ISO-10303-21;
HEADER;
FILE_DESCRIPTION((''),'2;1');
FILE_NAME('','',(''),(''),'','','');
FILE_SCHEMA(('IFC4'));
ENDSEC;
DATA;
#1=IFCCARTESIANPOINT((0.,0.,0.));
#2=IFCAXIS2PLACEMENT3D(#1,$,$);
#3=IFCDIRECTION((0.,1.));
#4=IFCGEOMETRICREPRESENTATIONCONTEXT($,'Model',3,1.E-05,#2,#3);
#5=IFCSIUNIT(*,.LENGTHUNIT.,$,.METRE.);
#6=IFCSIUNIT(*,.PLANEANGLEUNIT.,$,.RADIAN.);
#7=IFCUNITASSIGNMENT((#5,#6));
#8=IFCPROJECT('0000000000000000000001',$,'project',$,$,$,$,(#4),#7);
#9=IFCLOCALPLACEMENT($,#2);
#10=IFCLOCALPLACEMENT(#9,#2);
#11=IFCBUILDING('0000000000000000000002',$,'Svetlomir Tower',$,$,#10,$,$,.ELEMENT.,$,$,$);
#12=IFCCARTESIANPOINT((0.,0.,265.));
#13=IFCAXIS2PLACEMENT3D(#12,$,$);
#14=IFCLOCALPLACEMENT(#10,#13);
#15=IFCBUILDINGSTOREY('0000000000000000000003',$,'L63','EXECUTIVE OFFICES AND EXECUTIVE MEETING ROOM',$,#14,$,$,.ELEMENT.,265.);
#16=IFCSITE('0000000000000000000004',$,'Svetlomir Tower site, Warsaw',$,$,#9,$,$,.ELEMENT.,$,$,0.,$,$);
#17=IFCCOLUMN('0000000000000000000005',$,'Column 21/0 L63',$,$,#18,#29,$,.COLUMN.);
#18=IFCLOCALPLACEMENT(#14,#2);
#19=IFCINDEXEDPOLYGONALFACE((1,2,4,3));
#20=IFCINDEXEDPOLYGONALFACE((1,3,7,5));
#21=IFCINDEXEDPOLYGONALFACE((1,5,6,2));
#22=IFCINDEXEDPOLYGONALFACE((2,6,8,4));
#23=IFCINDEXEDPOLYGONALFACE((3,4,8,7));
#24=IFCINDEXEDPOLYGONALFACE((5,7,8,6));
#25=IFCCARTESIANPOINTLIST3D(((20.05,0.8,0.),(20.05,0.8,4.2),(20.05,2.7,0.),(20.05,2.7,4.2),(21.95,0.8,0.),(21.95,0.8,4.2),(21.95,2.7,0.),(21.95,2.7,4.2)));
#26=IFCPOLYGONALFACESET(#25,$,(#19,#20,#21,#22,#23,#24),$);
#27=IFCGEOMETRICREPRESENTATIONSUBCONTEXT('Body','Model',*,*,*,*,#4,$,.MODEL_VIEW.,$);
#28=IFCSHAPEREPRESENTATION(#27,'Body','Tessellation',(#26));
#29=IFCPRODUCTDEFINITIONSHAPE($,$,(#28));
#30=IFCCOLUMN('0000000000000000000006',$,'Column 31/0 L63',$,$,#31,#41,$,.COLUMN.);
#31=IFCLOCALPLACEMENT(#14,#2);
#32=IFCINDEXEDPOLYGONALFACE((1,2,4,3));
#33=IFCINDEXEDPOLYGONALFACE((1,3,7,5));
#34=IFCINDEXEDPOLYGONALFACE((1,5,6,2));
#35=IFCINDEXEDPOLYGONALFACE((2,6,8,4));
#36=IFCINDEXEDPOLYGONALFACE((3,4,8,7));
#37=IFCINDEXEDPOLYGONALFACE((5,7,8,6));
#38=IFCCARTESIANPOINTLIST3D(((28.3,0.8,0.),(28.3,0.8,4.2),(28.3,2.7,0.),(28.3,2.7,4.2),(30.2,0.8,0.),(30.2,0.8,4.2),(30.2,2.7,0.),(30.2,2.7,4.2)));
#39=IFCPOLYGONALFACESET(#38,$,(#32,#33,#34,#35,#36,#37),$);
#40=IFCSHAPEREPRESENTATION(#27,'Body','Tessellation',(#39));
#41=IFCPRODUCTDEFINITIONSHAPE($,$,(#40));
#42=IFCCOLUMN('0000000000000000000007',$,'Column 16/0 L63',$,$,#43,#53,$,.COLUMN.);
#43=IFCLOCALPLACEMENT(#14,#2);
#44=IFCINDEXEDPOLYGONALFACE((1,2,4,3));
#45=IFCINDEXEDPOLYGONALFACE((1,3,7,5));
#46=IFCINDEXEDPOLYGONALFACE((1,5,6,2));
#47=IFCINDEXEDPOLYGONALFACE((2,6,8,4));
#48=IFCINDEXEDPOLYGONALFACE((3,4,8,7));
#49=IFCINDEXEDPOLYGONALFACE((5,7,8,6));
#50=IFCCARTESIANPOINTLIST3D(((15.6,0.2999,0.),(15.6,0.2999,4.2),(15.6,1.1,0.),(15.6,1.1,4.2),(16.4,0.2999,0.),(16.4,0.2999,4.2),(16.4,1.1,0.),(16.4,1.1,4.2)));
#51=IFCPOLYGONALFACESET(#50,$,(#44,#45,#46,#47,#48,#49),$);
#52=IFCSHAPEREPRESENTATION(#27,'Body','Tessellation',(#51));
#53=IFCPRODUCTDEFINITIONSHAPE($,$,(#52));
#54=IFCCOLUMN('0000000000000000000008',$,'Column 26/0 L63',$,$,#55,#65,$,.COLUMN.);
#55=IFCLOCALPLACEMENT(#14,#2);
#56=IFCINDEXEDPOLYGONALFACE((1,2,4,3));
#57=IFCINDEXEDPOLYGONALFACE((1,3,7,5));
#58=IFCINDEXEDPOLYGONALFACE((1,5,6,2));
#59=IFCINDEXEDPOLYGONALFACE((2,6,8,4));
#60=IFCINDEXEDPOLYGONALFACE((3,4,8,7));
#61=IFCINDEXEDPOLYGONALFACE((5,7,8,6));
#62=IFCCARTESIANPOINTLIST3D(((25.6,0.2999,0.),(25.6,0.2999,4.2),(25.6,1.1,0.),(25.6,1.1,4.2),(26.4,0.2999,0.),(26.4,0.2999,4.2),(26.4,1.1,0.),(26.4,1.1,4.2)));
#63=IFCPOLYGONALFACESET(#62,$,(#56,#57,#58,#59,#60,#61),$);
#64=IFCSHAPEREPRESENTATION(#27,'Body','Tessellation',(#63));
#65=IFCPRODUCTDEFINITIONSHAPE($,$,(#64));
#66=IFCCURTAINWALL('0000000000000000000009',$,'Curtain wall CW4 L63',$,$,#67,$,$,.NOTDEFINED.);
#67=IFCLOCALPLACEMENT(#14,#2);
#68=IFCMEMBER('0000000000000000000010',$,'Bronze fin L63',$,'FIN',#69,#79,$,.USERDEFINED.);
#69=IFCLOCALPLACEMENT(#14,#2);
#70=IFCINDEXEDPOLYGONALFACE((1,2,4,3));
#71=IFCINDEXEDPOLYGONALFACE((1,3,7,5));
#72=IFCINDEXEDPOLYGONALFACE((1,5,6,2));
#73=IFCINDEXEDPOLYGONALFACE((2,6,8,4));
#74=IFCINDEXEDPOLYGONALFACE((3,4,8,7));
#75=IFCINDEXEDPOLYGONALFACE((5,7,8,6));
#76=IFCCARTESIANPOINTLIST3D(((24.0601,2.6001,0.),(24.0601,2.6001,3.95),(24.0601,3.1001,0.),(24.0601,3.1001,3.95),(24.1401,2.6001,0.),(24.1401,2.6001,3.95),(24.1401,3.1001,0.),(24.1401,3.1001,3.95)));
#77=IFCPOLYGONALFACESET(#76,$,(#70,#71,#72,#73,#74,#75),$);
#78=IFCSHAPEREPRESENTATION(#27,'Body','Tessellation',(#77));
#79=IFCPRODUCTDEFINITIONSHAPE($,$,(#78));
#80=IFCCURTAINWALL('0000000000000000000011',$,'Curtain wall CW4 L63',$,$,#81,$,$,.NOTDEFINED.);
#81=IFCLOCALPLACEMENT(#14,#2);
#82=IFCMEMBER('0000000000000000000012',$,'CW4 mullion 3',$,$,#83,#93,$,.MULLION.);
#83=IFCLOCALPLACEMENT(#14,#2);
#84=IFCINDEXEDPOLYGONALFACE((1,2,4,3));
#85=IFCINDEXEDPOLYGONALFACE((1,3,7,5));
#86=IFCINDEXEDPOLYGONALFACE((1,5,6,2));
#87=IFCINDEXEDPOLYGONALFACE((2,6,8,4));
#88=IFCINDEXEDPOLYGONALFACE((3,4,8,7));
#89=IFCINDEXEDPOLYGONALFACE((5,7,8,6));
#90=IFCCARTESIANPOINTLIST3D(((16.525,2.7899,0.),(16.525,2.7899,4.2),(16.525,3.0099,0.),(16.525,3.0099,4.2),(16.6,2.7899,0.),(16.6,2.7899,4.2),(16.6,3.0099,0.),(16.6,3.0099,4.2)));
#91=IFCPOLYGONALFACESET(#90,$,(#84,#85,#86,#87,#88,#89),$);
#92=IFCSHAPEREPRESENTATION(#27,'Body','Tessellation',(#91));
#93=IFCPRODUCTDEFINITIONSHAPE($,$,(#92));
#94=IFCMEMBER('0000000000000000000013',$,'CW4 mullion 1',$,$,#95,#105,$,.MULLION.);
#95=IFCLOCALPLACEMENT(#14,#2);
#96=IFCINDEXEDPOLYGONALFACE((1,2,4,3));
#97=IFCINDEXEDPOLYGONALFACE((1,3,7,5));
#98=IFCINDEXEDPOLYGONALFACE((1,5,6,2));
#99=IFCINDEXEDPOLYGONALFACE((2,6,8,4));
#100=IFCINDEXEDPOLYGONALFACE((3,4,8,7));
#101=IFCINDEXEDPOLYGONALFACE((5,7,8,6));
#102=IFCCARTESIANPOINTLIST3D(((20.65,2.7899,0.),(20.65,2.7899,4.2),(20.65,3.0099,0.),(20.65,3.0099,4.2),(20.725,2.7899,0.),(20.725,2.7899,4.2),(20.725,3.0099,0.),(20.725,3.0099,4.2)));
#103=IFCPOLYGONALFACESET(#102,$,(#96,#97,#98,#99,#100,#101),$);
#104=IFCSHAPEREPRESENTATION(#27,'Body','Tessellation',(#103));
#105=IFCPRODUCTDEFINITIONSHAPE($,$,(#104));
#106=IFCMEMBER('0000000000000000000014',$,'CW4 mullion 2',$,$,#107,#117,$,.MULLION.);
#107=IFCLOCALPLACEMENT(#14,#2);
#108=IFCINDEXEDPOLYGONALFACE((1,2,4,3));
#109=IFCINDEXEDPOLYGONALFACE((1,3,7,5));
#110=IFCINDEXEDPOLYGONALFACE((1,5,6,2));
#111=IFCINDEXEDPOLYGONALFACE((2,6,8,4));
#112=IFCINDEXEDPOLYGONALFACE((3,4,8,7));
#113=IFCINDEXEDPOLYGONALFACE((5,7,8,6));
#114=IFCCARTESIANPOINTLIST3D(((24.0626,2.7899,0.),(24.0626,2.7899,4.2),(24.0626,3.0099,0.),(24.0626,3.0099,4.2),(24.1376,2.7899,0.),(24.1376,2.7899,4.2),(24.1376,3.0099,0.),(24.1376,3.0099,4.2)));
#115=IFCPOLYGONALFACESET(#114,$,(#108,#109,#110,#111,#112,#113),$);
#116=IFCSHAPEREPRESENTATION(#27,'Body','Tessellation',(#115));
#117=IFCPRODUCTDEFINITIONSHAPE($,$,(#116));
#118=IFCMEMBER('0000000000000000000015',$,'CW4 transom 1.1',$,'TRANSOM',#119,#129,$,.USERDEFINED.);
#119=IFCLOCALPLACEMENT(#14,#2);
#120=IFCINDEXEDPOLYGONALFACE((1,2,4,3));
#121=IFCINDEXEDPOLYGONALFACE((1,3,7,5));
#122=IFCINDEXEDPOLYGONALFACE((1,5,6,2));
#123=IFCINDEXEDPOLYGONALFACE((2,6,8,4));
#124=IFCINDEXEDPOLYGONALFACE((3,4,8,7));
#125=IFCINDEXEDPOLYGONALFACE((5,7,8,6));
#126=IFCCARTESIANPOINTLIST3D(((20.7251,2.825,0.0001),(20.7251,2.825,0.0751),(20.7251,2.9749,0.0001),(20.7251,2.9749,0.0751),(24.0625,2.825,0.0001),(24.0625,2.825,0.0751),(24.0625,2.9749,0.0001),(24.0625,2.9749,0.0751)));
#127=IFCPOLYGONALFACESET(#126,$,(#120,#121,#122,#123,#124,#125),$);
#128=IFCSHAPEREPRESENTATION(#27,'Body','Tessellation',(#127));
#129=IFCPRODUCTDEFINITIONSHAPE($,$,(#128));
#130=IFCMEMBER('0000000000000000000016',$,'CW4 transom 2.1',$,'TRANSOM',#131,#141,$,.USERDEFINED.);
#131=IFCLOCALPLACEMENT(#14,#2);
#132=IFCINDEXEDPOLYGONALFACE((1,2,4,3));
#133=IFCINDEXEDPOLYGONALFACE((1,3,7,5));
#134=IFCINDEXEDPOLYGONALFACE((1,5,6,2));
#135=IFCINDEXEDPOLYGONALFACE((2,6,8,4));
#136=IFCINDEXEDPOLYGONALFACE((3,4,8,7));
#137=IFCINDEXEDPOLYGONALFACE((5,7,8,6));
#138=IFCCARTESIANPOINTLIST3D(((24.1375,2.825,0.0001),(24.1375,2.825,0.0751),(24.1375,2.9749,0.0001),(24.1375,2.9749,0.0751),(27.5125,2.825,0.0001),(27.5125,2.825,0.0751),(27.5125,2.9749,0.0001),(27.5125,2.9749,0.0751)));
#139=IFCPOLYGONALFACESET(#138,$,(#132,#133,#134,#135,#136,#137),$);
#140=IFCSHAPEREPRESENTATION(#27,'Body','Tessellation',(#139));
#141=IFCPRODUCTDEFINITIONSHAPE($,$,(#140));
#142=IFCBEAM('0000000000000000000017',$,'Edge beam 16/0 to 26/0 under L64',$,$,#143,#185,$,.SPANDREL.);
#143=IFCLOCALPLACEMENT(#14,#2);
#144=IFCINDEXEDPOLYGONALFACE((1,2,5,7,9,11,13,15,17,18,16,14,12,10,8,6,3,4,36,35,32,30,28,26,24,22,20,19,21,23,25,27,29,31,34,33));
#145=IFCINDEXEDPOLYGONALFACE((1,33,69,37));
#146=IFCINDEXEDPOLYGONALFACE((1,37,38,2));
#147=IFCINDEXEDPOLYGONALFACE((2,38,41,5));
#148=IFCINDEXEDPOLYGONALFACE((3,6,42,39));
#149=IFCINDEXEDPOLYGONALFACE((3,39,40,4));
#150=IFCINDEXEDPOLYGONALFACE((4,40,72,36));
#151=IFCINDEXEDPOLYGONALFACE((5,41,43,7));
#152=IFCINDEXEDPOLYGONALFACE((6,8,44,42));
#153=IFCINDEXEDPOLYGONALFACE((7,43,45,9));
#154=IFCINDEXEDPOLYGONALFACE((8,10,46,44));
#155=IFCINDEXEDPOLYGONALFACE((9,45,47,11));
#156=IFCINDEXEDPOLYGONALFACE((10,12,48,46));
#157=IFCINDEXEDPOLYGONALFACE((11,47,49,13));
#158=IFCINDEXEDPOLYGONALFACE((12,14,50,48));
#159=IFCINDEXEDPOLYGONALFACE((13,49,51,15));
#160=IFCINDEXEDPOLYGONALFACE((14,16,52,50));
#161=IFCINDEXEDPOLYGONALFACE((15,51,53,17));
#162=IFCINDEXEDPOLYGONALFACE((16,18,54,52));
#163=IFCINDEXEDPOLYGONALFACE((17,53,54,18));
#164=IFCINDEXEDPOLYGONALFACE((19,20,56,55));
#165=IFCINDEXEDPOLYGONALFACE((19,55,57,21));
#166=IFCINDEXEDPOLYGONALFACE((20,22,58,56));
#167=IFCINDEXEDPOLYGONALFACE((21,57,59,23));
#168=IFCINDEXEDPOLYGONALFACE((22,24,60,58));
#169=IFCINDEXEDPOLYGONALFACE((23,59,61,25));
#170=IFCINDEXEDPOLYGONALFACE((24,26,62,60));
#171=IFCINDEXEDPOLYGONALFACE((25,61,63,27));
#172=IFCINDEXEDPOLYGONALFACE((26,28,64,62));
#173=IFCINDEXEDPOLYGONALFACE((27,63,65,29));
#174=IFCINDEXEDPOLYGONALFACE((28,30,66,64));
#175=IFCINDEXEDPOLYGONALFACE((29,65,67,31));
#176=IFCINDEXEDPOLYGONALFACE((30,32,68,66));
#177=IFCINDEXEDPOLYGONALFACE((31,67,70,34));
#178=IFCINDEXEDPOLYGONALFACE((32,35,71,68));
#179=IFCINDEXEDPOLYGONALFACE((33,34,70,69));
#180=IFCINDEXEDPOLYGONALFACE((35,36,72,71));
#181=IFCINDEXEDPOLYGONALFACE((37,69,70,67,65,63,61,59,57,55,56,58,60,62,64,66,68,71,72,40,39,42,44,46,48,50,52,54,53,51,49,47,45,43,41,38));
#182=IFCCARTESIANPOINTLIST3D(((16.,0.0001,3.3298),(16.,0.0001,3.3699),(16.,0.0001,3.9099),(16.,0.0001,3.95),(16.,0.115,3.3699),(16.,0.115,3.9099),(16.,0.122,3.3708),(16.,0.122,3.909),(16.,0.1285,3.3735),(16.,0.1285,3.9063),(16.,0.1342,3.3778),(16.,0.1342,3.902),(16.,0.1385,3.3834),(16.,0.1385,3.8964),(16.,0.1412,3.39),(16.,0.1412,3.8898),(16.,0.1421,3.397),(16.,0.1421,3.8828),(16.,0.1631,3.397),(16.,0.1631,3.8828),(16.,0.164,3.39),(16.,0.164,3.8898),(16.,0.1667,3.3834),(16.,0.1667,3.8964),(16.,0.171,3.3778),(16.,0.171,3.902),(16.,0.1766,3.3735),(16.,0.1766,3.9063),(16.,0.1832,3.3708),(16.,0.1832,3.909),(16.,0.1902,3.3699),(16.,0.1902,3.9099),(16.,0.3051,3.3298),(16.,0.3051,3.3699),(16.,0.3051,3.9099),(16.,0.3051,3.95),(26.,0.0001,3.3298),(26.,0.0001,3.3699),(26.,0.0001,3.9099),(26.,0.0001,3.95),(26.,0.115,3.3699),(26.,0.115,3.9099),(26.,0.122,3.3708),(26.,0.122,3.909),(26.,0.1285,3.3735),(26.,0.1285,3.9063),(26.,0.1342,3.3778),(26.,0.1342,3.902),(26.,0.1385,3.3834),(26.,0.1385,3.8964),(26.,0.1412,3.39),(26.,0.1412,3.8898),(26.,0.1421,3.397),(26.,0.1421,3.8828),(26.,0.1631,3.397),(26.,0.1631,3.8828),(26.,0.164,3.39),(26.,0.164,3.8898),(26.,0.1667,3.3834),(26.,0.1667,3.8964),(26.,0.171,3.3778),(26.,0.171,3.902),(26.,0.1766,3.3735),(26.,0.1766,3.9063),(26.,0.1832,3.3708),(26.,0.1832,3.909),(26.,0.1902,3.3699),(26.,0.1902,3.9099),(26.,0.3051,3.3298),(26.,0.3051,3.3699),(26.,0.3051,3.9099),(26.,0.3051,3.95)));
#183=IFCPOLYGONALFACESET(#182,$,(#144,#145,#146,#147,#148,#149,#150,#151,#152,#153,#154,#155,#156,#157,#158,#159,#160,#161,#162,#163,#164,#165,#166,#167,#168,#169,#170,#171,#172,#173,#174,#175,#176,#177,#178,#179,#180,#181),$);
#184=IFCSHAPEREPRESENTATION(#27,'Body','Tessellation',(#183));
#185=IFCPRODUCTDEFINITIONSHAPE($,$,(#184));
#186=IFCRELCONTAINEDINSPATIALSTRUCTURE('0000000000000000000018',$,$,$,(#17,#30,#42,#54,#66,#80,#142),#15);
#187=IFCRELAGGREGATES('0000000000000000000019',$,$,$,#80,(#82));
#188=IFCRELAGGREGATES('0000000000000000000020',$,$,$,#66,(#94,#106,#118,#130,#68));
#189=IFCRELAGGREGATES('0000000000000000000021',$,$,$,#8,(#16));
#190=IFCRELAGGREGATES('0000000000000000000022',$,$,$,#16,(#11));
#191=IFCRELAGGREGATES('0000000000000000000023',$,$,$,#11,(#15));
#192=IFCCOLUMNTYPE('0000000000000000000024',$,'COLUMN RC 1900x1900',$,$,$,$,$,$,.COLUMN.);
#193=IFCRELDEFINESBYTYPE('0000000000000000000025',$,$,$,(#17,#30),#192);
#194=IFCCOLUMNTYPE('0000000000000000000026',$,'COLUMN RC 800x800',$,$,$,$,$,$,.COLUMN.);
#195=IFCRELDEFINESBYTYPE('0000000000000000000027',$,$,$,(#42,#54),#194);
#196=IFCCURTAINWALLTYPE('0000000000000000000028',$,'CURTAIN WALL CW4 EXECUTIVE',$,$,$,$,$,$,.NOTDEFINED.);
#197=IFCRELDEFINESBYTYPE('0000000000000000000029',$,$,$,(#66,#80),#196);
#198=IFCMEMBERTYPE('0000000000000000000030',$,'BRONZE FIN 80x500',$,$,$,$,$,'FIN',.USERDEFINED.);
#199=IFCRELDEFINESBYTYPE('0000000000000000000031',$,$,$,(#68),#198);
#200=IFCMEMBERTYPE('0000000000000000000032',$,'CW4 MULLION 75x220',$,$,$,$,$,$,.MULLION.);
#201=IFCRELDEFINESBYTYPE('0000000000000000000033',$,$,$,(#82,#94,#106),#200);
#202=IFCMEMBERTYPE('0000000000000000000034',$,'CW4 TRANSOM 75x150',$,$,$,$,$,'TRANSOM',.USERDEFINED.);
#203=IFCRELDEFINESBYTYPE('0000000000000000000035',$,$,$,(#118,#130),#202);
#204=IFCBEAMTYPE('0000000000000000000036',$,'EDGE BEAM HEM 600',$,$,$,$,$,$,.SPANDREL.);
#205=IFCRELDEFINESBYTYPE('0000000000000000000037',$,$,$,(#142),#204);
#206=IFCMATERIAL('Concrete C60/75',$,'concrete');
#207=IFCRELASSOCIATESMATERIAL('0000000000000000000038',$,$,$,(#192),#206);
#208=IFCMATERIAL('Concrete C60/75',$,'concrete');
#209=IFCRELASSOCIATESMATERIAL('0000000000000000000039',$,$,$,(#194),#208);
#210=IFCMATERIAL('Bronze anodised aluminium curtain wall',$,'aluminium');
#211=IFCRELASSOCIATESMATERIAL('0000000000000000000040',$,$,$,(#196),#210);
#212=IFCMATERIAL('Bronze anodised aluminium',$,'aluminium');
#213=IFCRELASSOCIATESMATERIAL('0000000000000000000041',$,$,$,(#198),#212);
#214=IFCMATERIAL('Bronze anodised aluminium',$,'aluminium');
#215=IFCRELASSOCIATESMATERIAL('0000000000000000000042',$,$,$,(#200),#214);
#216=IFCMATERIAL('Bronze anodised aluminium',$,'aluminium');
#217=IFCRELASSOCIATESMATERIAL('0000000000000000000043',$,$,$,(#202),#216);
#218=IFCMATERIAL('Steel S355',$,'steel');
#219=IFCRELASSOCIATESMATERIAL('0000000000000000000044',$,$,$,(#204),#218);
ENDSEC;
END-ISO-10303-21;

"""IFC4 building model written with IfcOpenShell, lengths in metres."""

from ifc_helpers import new_model, si_unit, direction, frame, origin, origin_2d, place, context, subcontext, project, spatial, rectangle, i_section, extrude, material, material_profile, profile_set, type_object, element, aggregate, save


model = new_model("IFC4")

# Units and contexts
model_context = context("Model", 3, precision=1e-05, world=origin(), true_north=direction((0.0, 1.0)))
body_context = subcontext(model_context, "Body", "Model", "MODEL_VIEW")
ifc_project = project(units=[si_unit("LENGTHUNIT", "METRE"), si_unit("PLANEANGLEUNIT", "RADIAN")], contexts=[model_context])

# Site, building, storey
site_placement = place(None, origin())
site = spatial("IfcSite", under=ifc_project, at=site_placement, Name="Svetlomir Tower site, Warsaw", CompositionType="ELEMENT", RefElevation=0.0)
building_placement = place(site_placement, origin())
building = spatial("IfcBuilding", under=site, at=building_placement, Name="Svetlomir Tower", CompositionType="ELEMENT")
storey_placement = place(building_placement, frame((0.0, 0.0, 265.0)))
storey = spatial("IfcBuildingStorey", under=building, at=storey_placement, Name="L63", Description="EXECUTIVE OFFICES AND EXECUTIVE MEETING ROOM", CompositionType="ELEMENT", Elevation=265.0)

# Columns
ifc_material_1 = material(Name="Concrete C60/75", Category="concrete")
ifc_material_profile_1 = material_profile(ifc_material_1, rectangle(XDim=1.8999, YDim=1.8999, at=origin_2d()), Name="RC 1900x1900")
ifc_profile_set_1 = profile_set([ifc_material_profile_1], Name="Concrete C60/75")
column_type_1 = type_object("IfcColumnType", Name="COLUMN RC 1900x1900", PredefinedType="COLUMN", material=ifc_profile_set_1)
for number, where, z_axis, x_axis, name in (
    (1, (21.0, 1.75, 0.0), (0.0, 0.0, 1.0), (1.0, 0.0, 0.0), "Column 21/0 L63"),
    (2, (29.25, 1.75, 0.0), (0.0, 0.0, 1.0), (1.0, 0.0, 0.0), "Column 31/0 L63"),
):
    element("IfcColumn", number, at=place(storey_placement, frame(where, z_axis=z_axis, x_axis=x_axis)), inside=storey, type_object=column_type_1, Name=name, PredefinedType="COLUMN", context=body_context, shape_type="SweptSolid", body=[
        extrude(rectangle(XDim=1.8999, YDim=1.8999, at=origin_2d()), origin(), (0.0, 0.0, 1.0), 4.2),
    ])
ifc_material_2 = material(Name="Concrete C60/75", Category="concrete")
ifc_material_profile_2 = material_profile(ifc_material_2, rectangle(XDim=0.8, YDim=0.8, at=origin_2d()), Name="RC 800x800")
ifc_profile_set_2 = profile_set([ifc_material_profile_2], Name="Concrete C60/75")
column_type_2 = type_object("IfcColumnType", Name="COLUMN RC 800x800", PredefinedType="COLUMN", material=ifc_profile_set_2)
for number, where, z_axis, x_axis, name in (
    (3, (16.0, 0.7, 0.0), (0.0, 0.0, 1.0), (1.0, 0.0, 0.0), "Column 16/0 L63"),
    (4, (26.0, 0.7, 0.0), (0.0, 0.0, 1.0), (1.0, 0.0, 0.0), "Column 26/0 L63"),
):
    element("IfcColumn", number, at=place(storey_placement, frame(where, z_axis=z_axis, x_axis=x_axis)), inside=storey, type_object=column_type_2, Name=name, PredefinedType="COLUMN", context=body_context, shape_type="SweptSolid", body=[
        extrude(rectangle(XDim=0.8, YDim=0.8, at=origin_2d()), origin(), (0.0, 0.0, 1.0), 4.2),
    ])

# Curtain walls, members
ifc_material_3 = material(Name="Bronze anodised aluminium curtain wall", Category="aluminium")
curtain_wall_type = type_object("IfcCurtainWallType", Name="CURTAIN WALL CW4 EXECUTIVE", PredefinedType="NOTDEFINED", material=ifc_material_3)
curtain_wall_1_placement = place(storey_placement, origin())
curtain_wall_1 = element("IfcCurtainWall", 5, at=curtain_wall_1_placement, inside=storey, type_object=curtain_wall_type, Name="Curtain wall CW4 L63", PredefinedType="NOTDEFINED")
ifc_material_4 = material(Name="Bronze anodised aluminium", Category="aluminium")
ifc_material_profile_3 = material_profile(ifc_material_4, rectangle(XDim=0.0801, YDim=0.5, at=origin_2d()), Name="FIN 80x500")
ifc_profile_set_3 = profile_set([ifc_material_profile_3], Name="Bronze anodised aluminium 6063-T6")
member_type_1 = type_object("IfcMemberType", Name="BRONZE FIN 80x500", ElementType="FIN", PredefinedType="USERDEFINED", material=ifc_profile_set_3)
member_1_placement = place(storey_placement, frame((24.1001, 2.8501, 0.0), z_axis=(0.0, 0.0, 1.0), x_axis=(1.0, 0.0, 0.0)))
member_1 = element("IfcMember", 6, at=member_1_placement, type_object=member_type_1, Name="Bronze fin L63", ObjectType="FIN", PredefinedType="USERDEFINED", context=body_context, shape_type="SweptSolid", body=[
    extrude(rectangle(XDim=0.0801, YDim=0.5, at=origin_2d()), origin(), (0.0, 0.0, 1.0), 3.95),
])
curtain_wall_2_placement = place(storey_placement, origin())
curtain_wall_2 = element("IfcCurtainWall", 7, at=curtain_wall_2_placement, inside=storey, type_object=curtain_wall_type, Name="Curtain wall CW4 L63", PredefinedType="NOTDEFINED")
ifc_material_5 = material(Name="Bronze anodised aluminium", Category="aluminium")
ifc_material_profile_4 = material_profile(ifc_material_5, rectangle(XDim=0.075, YDim=0.22, at=origin_2d()), Name="AL 75x220")
ifc_profile_set_4 = profile_set([ifc_material_profile_4], Name="Bronze anodised aluminium 6063-T6")
member_type_2 = type_object("IfcMemberType", Name="CW4 MULLION 75x220", PredefinedType="MULLION", material=ifc_profile_set_4)
member_2_placement = place(storey_placement, frame((16.5625, 2.8999, 0.0), z_axis=(0.0, 0.0, 1.0), x_axis=(1.0, 0.0, 0.0)))
member_2 = element("IfcMember", 8, at=member_2_placement, type_object=member_type_2, Name="CW4 mullion 3", PredefinedType="MULLION", context=body_context, shape_type="SweptSolid", body=[
    extrude(rectangle(XDim=0.075, YDim=0.22, at=origin_2d()), origin(), (0.0, 0.0, 1.0), 4.2),
])

# Members
member_3_placement = place(storey_placement, frame((20.6875, 2.8999, 0.0), z_axis=(0.0, 0.0, 1.0), x_axis=(1.0, 0.0, 0.0)))
member_3 = element("IfcMember", 9, at=member_3_placement, type_object=member_type_2, Name="CW4 mullion 1", PredefinedType="MULLION", context=body_context, shape_type="SweptSolid", body=[
    extrude(rectangle(XDim=0.075, YDim=0.22, at=origin_2d()), origin(), (0.0, 0.0, 1.0), 4.2),
])
member_4_placement = place(storey_placement, frame((24.1001, 2.8999, 0.0), z_axis=(0.0, 0.0, 1.0), x_axis=(1.0, 0.0, 0.0)))
member_4 = element("IfcMember", 10, at=member_4_placement, type_object=member_type_2, Name="CW4 mullion 2", PredefinedType="MULLION", context=body_context, shape_type="SweptSolid", body=[
    extrude(rectangle(XDim=0.075, YDim=0.22, at=origin_2d()), origin(), (0.0, 0.0, 1.0), 4.2),
])
ifc_material_6 = material(Name="Bronze anodised aluminium", Category="aluminium")
ifc_material_profile_5 = material_profile(ifc_material_6, rectangle(XDim=0.1499, YDim=0.075, at=origin_2d()), Name="AL 150x75")
ifc_profile_set_5 = profile_set([ifc_material_profile_5], Name="Bronze anodised aluminium 6063-T6")
member_type_3 = type_object("IfcMemberType", Name="CW4 TRANSOM 75x150", ElementType="TRANSOM", PredefinedType="USERDEFINED", material=ifc_profile_set_5)
member_5_placement = place(storey_placement, frame((20.7251, 2.8999, 0.0376), z_axis=(1.0, 0.0, 0.0), x_axis=(0.0, 1.0, 0.0)))
member_5 = element("IfcMember", 11, at=member_5_placement, type_object=member_type_3, Name="CW4 transom 1.1", ObjectType="TRANSOM", PredefinedType="USERDEFINED", context=body_context, shape_type="SweptSolid", body=[
    extrude(rectangle(XDim=0.1499, YDim=0.075, at=origin_2d()), origin(), (0.0, 0.0, 1.0), 3.3374),
])
member_6_placement = place(storey_placement, frame((24.1375, 2.8999, 0.0376), z_axis=(1.0, 0.0, 0.0), x_axis=(0.0, 1.0, 0.0)))
member_6 = element("IfcMember", 12, at=member_6_placement, type_object=member_type_3, Name="CW4 transom 2.1", ObjectType="TRANSOM", PredefinedType="USERDEFINED", context=body_context, shape_type="SweptSolid", body=[
    extrude(rectangle(XDim=0.1499, YDim=0.075, at=origin_2d()), origin(), (0.0, 0.0, 1.0), 3.375),
])

# Beam
ifc_material_7 = material(Name="Steel S355", Category="steel")
ifc_material_profile_6 = material_profile(ifc_material_7, i_section(OverallWidth=0.3049, OverallDepth=0.6201, WebThickness=0.021, FlangeThickness=0.04, FilletRadius=0.0271, at=origin_2d()), Name="HEM 600")
ifc_profile_set_6 = profile_set([ifc_material_profile_6], Name="Steel S355")
beam_type_1 = type_object("IfcBeamType", Name="EDGE BEAM HEM 600", PredefinedType="SPANDREL", material=ifc_profile_set_6)
beam_1_placement = place(storey_placement, frame((16.0, 0.1526, 3.6399), z_axis=(1.0, 0.0, 0.0), x_axis=(0.0, 1.0, 0.0)))
element("IfcBeam", 13, at=beam_1_placement, inside=storey, type_object=beam_type_1, Name="Edge beam 16/0 to 26/0 under L64", PredefinedType="SPANDREL", context=body_context, shape_type="SweptSolid", body=[
    extrude(i_section(OverallWidth=0.3049, OverallDepth=0.6201, WebThickness=0.021, FlangeThickness=0.04, FilletRadius=0.0271, at=origin_2d()), origin(), (0.0, 0.0, 1.0), 10.0),
])

aggregate(curtain_wall_2, [member_2])
aggregate(curtain_wall_1, [member_3, member_4, member_5, member_6, member_1])

save(model, "model.ifc")
